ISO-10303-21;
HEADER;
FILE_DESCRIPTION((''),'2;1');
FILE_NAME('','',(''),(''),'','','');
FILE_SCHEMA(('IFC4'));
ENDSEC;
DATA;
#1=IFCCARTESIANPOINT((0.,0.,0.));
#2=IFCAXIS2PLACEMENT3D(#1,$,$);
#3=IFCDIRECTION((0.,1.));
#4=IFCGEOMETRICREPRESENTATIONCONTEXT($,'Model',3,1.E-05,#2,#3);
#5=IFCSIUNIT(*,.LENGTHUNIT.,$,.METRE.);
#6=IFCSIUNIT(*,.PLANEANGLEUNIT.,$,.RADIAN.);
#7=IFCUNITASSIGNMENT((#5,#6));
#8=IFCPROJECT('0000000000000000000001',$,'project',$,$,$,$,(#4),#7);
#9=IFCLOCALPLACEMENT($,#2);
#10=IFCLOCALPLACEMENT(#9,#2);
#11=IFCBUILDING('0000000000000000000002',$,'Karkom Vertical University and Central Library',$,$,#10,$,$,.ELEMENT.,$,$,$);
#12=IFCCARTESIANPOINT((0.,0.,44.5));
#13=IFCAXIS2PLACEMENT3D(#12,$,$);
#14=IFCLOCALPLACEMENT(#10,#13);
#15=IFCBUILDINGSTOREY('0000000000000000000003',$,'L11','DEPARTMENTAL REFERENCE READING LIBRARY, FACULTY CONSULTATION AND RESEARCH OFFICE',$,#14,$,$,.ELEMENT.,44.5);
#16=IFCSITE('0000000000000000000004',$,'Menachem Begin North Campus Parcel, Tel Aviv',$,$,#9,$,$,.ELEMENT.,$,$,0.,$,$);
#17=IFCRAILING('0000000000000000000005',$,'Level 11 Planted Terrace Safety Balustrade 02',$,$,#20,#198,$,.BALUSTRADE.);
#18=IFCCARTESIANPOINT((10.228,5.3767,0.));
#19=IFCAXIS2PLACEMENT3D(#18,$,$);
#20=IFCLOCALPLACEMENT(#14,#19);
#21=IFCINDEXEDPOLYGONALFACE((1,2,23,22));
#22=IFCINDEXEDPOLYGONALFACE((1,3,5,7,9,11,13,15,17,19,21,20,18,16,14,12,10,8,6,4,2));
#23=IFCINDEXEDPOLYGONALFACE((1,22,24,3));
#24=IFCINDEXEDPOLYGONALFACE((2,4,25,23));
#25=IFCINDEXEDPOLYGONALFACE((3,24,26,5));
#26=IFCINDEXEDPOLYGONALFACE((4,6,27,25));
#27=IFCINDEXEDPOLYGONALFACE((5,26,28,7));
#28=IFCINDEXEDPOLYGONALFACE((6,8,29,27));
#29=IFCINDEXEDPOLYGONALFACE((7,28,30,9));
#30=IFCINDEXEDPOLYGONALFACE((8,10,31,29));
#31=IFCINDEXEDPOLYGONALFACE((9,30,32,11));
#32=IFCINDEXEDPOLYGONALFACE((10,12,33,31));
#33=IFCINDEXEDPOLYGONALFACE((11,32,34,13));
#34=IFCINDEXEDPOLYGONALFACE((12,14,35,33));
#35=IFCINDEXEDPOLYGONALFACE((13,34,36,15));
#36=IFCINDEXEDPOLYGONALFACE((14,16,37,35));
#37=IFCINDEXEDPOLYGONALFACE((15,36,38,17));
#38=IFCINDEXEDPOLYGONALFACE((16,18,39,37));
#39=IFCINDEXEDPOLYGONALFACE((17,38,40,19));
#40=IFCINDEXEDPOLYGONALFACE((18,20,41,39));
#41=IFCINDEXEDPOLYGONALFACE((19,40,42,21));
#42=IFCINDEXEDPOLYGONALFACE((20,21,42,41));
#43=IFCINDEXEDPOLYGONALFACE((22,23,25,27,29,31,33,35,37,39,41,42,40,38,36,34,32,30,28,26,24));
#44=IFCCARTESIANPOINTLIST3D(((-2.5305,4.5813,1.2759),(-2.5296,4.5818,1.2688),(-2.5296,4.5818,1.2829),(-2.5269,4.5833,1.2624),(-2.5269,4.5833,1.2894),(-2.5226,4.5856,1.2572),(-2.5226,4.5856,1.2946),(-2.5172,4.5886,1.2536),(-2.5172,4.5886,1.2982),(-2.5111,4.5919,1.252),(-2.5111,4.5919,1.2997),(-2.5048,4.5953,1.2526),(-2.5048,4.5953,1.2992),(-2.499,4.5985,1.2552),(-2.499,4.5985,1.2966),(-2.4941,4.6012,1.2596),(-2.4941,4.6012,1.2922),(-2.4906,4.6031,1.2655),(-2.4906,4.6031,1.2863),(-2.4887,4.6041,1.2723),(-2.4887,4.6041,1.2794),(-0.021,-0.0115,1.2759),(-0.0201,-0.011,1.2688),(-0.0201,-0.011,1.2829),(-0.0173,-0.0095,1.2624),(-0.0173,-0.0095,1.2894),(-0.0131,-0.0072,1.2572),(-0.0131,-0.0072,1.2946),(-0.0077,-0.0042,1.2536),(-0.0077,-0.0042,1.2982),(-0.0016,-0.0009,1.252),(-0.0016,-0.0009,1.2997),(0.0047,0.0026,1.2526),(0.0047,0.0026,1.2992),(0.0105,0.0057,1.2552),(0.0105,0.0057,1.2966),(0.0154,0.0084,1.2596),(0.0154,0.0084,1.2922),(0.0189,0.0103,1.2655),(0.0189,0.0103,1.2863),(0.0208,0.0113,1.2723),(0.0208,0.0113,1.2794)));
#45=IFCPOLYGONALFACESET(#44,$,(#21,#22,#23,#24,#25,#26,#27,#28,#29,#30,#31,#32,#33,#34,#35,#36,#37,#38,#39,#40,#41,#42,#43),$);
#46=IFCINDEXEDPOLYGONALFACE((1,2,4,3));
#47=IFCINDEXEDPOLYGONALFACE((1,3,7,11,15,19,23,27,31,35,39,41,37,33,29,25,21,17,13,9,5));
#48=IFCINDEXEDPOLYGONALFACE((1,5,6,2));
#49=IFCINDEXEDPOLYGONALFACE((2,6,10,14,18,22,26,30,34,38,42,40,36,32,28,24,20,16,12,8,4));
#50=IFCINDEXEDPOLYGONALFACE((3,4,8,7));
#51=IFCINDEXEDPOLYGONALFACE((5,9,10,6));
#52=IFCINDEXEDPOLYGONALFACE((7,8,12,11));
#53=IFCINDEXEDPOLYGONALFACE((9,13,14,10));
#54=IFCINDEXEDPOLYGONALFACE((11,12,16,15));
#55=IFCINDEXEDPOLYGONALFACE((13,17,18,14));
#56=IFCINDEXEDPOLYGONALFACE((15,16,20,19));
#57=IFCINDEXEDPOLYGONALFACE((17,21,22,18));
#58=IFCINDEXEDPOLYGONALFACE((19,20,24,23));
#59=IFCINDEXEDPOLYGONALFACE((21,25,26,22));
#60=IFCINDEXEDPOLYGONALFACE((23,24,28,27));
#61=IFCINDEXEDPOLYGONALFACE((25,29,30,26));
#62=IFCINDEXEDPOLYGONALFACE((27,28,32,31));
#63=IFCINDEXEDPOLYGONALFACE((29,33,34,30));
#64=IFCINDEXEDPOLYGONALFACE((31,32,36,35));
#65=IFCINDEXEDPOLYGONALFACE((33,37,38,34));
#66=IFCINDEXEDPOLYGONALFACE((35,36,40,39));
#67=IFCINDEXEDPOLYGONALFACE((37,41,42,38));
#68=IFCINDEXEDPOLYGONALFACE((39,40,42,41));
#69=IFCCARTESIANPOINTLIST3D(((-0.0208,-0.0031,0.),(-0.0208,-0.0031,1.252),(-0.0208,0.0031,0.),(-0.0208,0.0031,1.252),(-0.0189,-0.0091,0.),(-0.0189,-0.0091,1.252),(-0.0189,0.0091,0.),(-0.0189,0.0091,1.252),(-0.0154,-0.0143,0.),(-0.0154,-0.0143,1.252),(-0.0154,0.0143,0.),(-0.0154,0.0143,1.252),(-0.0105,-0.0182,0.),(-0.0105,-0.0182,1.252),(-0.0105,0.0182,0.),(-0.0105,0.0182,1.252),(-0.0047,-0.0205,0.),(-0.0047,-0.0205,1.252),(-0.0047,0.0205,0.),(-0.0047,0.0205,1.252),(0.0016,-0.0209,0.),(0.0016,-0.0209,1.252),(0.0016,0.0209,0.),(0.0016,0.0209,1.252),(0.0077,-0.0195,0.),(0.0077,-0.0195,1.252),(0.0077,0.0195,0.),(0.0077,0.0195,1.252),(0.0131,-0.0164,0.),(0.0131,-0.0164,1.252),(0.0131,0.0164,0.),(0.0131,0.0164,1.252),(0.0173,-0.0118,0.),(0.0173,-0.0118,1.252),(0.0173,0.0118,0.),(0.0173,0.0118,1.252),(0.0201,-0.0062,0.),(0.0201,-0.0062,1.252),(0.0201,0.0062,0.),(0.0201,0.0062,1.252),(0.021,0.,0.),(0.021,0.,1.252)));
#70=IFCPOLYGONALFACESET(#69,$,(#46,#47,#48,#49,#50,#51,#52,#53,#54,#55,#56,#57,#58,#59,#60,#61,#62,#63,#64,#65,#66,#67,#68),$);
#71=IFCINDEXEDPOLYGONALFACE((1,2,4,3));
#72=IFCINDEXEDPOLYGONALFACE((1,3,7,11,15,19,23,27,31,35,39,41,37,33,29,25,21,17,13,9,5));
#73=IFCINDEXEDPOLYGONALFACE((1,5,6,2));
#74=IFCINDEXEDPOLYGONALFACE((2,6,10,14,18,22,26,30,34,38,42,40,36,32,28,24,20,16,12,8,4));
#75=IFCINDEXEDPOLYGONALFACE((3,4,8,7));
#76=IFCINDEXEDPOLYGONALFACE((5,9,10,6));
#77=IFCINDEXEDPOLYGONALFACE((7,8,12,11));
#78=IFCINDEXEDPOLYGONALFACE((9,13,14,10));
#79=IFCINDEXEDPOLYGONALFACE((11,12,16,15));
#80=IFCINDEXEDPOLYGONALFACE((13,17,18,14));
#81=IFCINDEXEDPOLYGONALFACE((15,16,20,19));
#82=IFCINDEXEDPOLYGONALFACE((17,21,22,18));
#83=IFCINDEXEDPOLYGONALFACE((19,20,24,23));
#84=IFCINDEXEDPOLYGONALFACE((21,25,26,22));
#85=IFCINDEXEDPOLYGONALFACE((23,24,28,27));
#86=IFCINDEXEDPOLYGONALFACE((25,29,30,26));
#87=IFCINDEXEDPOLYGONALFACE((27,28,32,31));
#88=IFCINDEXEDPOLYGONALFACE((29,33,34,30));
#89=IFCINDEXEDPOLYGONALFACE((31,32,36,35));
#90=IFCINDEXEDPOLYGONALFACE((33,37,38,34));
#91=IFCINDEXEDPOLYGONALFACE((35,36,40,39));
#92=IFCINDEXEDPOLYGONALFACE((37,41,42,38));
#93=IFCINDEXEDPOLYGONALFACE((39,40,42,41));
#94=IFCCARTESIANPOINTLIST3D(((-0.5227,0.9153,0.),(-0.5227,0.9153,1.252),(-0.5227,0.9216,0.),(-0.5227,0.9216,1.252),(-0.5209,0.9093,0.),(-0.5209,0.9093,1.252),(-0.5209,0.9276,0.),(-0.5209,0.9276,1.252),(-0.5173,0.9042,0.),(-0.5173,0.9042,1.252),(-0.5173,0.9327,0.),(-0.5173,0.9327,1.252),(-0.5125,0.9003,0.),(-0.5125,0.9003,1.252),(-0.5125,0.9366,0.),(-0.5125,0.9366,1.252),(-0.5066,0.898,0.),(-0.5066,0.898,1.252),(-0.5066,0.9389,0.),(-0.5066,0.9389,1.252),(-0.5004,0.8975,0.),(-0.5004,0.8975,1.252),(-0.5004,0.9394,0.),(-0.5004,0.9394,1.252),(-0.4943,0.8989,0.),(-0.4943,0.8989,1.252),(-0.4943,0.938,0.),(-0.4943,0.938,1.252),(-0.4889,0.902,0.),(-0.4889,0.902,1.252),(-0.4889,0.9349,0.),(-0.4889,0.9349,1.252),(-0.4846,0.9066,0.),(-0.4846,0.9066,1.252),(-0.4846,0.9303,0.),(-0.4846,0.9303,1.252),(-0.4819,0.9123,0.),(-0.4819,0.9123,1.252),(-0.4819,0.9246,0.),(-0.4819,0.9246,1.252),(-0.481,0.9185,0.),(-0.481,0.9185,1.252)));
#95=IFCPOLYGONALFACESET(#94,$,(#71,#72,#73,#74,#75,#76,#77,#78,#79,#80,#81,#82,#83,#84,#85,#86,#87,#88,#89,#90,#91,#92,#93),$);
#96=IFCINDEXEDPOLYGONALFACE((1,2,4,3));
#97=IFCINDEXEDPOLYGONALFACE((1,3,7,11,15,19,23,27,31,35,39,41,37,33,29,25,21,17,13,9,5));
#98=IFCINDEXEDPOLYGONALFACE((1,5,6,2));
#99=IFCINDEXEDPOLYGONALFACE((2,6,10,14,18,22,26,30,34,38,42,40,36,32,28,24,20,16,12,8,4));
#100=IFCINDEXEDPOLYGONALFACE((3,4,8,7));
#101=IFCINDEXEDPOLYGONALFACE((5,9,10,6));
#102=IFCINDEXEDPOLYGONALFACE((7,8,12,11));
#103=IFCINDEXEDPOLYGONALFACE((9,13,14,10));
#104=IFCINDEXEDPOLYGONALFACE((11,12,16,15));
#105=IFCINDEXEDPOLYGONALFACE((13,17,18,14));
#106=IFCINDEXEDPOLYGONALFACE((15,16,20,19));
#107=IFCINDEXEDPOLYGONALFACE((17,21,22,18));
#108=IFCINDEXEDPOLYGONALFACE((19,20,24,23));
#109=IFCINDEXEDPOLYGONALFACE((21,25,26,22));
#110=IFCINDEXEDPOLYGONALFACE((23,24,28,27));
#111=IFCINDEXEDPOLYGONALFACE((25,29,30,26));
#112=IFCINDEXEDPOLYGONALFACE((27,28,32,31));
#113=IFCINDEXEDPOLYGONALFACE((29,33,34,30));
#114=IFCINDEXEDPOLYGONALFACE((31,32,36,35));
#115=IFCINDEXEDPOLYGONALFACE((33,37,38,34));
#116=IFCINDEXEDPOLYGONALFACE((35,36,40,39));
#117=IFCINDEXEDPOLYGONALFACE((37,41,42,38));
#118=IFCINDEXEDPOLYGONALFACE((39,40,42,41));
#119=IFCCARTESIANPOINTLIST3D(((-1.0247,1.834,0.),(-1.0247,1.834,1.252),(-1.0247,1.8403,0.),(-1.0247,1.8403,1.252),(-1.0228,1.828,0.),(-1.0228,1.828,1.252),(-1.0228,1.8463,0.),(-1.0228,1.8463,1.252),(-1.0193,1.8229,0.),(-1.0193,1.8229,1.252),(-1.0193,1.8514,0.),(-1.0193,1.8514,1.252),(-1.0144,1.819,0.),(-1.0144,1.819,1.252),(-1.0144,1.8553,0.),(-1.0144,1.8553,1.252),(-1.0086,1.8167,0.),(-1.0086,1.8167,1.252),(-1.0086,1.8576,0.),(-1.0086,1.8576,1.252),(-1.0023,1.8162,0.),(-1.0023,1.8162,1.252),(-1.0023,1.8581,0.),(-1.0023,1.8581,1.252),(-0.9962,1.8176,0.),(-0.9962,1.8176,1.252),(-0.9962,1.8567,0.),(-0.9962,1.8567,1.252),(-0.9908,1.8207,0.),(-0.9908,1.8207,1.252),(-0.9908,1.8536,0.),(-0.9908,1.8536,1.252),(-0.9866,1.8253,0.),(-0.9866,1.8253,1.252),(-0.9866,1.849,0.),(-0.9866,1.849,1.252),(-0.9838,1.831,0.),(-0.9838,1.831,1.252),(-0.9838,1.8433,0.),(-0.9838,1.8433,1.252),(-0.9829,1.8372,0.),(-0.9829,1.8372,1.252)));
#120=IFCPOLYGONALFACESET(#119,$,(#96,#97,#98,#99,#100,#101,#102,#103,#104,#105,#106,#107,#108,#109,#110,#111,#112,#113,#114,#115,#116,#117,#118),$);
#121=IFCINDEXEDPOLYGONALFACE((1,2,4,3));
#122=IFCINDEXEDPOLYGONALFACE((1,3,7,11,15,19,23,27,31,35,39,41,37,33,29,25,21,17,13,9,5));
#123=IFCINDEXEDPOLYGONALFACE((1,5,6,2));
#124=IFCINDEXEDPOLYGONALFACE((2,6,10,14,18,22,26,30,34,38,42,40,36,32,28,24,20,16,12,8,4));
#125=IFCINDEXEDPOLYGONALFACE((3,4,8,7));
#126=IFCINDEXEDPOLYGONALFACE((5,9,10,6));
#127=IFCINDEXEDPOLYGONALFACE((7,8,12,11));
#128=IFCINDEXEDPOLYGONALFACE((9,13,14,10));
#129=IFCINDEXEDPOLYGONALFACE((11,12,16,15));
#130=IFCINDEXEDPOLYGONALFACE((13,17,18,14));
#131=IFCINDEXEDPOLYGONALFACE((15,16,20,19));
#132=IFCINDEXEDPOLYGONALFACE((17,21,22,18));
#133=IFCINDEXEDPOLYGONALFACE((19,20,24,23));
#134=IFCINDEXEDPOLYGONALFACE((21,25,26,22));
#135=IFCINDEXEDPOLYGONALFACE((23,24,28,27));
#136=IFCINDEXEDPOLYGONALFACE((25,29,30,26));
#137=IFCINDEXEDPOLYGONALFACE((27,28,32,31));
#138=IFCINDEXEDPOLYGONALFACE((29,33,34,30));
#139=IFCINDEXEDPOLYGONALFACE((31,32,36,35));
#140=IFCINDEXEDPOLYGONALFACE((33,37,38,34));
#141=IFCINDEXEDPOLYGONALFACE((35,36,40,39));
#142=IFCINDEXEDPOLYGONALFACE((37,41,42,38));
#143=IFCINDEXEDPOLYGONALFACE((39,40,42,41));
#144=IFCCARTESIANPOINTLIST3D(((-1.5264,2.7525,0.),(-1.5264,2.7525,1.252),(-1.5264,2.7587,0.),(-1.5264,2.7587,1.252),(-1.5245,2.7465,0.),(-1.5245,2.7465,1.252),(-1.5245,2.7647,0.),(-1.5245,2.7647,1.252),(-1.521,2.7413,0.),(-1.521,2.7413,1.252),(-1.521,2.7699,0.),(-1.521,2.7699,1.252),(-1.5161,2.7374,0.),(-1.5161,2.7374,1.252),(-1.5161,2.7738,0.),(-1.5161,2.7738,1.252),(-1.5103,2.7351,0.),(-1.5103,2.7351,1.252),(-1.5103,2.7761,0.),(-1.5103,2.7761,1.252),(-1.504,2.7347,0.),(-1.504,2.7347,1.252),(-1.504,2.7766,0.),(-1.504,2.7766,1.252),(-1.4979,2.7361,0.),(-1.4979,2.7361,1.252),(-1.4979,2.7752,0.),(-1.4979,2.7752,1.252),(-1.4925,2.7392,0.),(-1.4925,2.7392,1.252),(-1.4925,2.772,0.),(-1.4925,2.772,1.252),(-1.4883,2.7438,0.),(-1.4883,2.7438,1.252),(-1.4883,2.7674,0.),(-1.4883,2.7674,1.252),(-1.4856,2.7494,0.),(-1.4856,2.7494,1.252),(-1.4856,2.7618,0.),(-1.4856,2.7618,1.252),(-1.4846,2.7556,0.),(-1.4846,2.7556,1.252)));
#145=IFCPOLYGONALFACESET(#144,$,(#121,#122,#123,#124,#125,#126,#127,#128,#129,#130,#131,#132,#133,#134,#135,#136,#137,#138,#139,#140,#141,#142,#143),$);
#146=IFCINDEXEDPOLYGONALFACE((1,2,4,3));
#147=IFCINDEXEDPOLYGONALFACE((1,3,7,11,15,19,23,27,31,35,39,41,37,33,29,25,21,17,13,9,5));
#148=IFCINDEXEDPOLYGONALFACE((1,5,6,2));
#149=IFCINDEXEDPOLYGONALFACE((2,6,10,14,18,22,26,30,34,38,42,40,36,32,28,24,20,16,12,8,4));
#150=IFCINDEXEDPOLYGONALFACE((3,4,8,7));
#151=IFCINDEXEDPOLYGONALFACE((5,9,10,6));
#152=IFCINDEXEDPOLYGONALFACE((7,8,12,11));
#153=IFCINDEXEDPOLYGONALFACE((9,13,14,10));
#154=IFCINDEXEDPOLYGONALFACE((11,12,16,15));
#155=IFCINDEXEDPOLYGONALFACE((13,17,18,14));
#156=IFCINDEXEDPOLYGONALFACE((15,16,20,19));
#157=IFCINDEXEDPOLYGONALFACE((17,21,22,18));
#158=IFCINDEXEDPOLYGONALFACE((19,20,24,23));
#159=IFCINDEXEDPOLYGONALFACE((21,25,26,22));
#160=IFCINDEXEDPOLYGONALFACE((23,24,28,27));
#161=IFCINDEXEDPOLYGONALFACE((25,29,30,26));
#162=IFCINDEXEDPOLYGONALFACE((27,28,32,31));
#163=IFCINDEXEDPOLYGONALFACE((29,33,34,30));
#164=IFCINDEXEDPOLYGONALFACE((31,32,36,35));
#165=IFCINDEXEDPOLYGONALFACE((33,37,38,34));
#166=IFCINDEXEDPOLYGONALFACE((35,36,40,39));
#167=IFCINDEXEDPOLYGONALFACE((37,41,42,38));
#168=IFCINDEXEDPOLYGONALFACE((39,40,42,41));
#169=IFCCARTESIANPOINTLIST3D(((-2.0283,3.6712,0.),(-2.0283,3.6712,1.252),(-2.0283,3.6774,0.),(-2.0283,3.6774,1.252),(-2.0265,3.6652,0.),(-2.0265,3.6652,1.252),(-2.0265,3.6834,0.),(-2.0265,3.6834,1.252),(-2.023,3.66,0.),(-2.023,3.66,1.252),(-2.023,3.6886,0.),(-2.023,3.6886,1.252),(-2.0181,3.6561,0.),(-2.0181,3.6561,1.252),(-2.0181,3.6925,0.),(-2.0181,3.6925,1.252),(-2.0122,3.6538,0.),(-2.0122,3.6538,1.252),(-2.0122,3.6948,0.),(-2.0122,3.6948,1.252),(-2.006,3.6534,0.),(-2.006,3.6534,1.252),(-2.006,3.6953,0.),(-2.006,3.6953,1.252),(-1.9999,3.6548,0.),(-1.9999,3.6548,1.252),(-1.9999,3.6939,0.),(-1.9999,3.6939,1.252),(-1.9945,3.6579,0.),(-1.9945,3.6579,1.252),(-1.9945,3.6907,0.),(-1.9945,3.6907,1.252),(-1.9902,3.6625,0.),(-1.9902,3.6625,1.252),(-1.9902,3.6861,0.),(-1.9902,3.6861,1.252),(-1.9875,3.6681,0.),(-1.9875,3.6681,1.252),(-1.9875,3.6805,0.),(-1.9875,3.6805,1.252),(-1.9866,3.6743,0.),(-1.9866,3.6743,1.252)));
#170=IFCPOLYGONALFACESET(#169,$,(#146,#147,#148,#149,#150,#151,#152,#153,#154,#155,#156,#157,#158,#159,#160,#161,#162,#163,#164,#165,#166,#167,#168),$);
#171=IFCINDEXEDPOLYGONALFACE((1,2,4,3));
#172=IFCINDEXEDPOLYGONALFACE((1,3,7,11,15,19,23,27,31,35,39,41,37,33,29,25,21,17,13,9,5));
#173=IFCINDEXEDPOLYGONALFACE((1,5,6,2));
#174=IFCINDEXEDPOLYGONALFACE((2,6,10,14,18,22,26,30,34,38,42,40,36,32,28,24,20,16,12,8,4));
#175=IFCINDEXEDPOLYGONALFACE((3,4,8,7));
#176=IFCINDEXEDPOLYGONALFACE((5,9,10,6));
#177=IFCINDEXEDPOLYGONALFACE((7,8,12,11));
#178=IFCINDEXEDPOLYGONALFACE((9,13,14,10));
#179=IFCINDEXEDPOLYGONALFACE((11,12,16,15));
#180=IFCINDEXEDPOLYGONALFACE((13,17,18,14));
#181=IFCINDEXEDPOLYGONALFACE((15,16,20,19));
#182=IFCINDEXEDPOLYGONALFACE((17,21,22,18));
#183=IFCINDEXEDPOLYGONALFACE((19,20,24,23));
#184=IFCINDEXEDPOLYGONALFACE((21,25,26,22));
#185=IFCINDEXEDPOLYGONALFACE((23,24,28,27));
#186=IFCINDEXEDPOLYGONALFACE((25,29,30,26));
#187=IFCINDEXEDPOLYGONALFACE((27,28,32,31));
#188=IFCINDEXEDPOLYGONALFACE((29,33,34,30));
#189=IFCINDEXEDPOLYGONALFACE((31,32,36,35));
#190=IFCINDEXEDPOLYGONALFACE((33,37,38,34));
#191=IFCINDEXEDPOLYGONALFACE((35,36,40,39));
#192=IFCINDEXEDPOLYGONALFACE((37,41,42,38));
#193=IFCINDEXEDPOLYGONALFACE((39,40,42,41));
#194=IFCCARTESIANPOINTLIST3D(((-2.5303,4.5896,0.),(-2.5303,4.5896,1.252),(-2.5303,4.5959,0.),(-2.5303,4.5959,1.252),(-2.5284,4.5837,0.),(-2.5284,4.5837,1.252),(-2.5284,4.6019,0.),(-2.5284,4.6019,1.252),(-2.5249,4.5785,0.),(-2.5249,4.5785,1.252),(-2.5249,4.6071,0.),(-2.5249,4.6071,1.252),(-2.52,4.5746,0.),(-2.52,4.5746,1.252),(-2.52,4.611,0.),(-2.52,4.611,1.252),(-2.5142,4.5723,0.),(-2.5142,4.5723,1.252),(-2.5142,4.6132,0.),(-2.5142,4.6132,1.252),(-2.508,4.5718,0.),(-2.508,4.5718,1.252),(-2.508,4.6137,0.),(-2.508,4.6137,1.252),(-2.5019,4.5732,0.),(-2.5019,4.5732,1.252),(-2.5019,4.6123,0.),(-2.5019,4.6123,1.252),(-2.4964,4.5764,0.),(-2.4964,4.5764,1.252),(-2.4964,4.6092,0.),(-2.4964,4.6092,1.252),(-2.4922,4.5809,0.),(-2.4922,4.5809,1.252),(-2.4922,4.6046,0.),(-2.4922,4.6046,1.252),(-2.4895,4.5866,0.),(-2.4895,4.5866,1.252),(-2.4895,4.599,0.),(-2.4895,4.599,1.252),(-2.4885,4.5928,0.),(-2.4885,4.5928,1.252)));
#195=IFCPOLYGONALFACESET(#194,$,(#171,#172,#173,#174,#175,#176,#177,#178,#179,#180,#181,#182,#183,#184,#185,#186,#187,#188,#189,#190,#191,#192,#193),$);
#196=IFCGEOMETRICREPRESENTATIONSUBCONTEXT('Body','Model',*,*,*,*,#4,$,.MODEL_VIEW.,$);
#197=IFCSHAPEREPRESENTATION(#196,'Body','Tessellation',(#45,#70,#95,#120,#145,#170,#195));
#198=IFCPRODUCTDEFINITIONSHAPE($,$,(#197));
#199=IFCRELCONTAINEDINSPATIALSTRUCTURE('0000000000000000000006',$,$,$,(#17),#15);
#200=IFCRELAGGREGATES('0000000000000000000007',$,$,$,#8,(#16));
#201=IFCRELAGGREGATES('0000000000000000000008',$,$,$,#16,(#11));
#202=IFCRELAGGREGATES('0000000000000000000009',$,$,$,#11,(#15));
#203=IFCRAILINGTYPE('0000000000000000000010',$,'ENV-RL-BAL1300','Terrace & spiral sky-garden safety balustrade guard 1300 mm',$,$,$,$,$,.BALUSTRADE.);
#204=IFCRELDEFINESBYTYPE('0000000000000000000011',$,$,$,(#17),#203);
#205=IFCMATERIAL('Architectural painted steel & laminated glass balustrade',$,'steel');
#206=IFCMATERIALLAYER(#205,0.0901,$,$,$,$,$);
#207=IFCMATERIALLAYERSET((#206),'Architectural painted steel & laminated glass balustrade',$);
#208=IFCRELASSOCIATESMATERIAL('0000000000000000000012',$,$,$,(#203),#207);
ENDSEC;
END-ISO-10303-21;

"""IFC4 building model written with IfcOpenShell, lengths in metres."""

from ifc_helpers import new_model, si_unit, direction, frame, origin, origin_2d, place, context, subcontext, project, spatial, circle, extrude, material, layer, layer_set, type_object, element, save


model = new_model("IFC4")

# Units and contexts
model_context = context("Model", 3, precision=1e-05, world=origin(), true_north=direction((0.0, 1.0)))
body_context = subcontext(model_context, "Body", "Model", "MODEL_VIEW")
ifc_project = project(units=[si_unit("LENGTHUNIT", "METRE"), si_unit("PLANEANGLEUNIT", "RADIAN")], contexts=[model_context])

# Site, building, storey
site_placement = place(None, origin())
site = spatial("IfcSite", under=ifc_project, at=site_placement, Name="Menachem Begin North Campus Parcel, Tel Aviv", CompositionType="ELEMENT", RefElevation=0.0)
building_placement = place(site_placement, origin())
building = spatial("IfcBuilding", under=site, at=building_placement, Name="Karkom Vertical University and Central Library", CompositionType="ELEMENT")
storey_placement = place(building_placement, frame((0.0, 0.0, 44.5)))
storey = spatial("IfcBuildingStorey", under=building, at=storey_placement, Name="L11", Description="DEPARTMENTAL REFERENCE READING LIBRARY, FACULTY CONSULTATION AND RESEARCH OFFICE", CompositionType="ELEMENT", Elevation=44.5)

# Railing
ifc_material_1 = material(Name="Architectural painted steel & laminated glass balustrade", Category="steel")
ifc_layer_1 = layer(ifc_material_1, 0.0901)
ifc_layer_set_1 = layer_set([ifc_layer_1], Name="Architectural painted steel & laminated glass balustrade")
railing_type = type_object("IfcRailingType", Name="ENV-RL-BAL1300", Description="Terrace & spiral sky-garden safety balustrade guard 1300 mm", PredefinedType="BALUSTRADE", material=ifc_layer_set_1)
railing_placement = place(storey_placement, frame((10.228, 5.3767, 0.0)))
element("IfcRailing", 1, at=railing_placement, inside=storey, type_object=railing_type, Name="Level 11 Planted Terrace Safety Balustrade 02", PredefinedType="BALUSTRADE", context=body_context, shape_type="SweptSolid", body=[
    extrude(circle(Radius=0.0239, at=origin_2d()), frame((0.0, 0.0, 1.2759), z_axis=(-0.479496, 0.877544, 0.0), x_axis=(-0.877544, -0.479496, 0.0)), (0.0, 0.0, 1.0), 5.2336),
    extrude(circle(Radius=0.021, at=origin_2d()), origin(), (0.0, 0.0, 1.0), 1.252),
    extrude(circle(Radius=0.021, at=origin_2d()), frame((-0.502, 0.9185, 0.0)), (0.0, 0.0, 1.0), 1.252),
    extrude(circle(Radius=0.021, at=origin_2d()), frame((-1.0039, 1.8372, 0.0)), (0.0, 0.0, 1.0), 1.252),
    extrude(circle(Radius=0.021, at=origin_2d()), frame((-1.5056, 2.7556, 0.0)), (0.0, 0.0, 1.0), 1.252),
    extrude(circle(Radius=0.021, at=origin_2d()), frame((-2.0076, 3.6743, 0.0)), (0.0, 0.0, 1.0), 1.252),
    extrude(circle(Radius=0.021, at=origin_2d()), frame((-2.5095, 4.5928, 0.0)), (0.0, 0.0, 1.0), 1.252),
])

save(model, "model.ifc")
